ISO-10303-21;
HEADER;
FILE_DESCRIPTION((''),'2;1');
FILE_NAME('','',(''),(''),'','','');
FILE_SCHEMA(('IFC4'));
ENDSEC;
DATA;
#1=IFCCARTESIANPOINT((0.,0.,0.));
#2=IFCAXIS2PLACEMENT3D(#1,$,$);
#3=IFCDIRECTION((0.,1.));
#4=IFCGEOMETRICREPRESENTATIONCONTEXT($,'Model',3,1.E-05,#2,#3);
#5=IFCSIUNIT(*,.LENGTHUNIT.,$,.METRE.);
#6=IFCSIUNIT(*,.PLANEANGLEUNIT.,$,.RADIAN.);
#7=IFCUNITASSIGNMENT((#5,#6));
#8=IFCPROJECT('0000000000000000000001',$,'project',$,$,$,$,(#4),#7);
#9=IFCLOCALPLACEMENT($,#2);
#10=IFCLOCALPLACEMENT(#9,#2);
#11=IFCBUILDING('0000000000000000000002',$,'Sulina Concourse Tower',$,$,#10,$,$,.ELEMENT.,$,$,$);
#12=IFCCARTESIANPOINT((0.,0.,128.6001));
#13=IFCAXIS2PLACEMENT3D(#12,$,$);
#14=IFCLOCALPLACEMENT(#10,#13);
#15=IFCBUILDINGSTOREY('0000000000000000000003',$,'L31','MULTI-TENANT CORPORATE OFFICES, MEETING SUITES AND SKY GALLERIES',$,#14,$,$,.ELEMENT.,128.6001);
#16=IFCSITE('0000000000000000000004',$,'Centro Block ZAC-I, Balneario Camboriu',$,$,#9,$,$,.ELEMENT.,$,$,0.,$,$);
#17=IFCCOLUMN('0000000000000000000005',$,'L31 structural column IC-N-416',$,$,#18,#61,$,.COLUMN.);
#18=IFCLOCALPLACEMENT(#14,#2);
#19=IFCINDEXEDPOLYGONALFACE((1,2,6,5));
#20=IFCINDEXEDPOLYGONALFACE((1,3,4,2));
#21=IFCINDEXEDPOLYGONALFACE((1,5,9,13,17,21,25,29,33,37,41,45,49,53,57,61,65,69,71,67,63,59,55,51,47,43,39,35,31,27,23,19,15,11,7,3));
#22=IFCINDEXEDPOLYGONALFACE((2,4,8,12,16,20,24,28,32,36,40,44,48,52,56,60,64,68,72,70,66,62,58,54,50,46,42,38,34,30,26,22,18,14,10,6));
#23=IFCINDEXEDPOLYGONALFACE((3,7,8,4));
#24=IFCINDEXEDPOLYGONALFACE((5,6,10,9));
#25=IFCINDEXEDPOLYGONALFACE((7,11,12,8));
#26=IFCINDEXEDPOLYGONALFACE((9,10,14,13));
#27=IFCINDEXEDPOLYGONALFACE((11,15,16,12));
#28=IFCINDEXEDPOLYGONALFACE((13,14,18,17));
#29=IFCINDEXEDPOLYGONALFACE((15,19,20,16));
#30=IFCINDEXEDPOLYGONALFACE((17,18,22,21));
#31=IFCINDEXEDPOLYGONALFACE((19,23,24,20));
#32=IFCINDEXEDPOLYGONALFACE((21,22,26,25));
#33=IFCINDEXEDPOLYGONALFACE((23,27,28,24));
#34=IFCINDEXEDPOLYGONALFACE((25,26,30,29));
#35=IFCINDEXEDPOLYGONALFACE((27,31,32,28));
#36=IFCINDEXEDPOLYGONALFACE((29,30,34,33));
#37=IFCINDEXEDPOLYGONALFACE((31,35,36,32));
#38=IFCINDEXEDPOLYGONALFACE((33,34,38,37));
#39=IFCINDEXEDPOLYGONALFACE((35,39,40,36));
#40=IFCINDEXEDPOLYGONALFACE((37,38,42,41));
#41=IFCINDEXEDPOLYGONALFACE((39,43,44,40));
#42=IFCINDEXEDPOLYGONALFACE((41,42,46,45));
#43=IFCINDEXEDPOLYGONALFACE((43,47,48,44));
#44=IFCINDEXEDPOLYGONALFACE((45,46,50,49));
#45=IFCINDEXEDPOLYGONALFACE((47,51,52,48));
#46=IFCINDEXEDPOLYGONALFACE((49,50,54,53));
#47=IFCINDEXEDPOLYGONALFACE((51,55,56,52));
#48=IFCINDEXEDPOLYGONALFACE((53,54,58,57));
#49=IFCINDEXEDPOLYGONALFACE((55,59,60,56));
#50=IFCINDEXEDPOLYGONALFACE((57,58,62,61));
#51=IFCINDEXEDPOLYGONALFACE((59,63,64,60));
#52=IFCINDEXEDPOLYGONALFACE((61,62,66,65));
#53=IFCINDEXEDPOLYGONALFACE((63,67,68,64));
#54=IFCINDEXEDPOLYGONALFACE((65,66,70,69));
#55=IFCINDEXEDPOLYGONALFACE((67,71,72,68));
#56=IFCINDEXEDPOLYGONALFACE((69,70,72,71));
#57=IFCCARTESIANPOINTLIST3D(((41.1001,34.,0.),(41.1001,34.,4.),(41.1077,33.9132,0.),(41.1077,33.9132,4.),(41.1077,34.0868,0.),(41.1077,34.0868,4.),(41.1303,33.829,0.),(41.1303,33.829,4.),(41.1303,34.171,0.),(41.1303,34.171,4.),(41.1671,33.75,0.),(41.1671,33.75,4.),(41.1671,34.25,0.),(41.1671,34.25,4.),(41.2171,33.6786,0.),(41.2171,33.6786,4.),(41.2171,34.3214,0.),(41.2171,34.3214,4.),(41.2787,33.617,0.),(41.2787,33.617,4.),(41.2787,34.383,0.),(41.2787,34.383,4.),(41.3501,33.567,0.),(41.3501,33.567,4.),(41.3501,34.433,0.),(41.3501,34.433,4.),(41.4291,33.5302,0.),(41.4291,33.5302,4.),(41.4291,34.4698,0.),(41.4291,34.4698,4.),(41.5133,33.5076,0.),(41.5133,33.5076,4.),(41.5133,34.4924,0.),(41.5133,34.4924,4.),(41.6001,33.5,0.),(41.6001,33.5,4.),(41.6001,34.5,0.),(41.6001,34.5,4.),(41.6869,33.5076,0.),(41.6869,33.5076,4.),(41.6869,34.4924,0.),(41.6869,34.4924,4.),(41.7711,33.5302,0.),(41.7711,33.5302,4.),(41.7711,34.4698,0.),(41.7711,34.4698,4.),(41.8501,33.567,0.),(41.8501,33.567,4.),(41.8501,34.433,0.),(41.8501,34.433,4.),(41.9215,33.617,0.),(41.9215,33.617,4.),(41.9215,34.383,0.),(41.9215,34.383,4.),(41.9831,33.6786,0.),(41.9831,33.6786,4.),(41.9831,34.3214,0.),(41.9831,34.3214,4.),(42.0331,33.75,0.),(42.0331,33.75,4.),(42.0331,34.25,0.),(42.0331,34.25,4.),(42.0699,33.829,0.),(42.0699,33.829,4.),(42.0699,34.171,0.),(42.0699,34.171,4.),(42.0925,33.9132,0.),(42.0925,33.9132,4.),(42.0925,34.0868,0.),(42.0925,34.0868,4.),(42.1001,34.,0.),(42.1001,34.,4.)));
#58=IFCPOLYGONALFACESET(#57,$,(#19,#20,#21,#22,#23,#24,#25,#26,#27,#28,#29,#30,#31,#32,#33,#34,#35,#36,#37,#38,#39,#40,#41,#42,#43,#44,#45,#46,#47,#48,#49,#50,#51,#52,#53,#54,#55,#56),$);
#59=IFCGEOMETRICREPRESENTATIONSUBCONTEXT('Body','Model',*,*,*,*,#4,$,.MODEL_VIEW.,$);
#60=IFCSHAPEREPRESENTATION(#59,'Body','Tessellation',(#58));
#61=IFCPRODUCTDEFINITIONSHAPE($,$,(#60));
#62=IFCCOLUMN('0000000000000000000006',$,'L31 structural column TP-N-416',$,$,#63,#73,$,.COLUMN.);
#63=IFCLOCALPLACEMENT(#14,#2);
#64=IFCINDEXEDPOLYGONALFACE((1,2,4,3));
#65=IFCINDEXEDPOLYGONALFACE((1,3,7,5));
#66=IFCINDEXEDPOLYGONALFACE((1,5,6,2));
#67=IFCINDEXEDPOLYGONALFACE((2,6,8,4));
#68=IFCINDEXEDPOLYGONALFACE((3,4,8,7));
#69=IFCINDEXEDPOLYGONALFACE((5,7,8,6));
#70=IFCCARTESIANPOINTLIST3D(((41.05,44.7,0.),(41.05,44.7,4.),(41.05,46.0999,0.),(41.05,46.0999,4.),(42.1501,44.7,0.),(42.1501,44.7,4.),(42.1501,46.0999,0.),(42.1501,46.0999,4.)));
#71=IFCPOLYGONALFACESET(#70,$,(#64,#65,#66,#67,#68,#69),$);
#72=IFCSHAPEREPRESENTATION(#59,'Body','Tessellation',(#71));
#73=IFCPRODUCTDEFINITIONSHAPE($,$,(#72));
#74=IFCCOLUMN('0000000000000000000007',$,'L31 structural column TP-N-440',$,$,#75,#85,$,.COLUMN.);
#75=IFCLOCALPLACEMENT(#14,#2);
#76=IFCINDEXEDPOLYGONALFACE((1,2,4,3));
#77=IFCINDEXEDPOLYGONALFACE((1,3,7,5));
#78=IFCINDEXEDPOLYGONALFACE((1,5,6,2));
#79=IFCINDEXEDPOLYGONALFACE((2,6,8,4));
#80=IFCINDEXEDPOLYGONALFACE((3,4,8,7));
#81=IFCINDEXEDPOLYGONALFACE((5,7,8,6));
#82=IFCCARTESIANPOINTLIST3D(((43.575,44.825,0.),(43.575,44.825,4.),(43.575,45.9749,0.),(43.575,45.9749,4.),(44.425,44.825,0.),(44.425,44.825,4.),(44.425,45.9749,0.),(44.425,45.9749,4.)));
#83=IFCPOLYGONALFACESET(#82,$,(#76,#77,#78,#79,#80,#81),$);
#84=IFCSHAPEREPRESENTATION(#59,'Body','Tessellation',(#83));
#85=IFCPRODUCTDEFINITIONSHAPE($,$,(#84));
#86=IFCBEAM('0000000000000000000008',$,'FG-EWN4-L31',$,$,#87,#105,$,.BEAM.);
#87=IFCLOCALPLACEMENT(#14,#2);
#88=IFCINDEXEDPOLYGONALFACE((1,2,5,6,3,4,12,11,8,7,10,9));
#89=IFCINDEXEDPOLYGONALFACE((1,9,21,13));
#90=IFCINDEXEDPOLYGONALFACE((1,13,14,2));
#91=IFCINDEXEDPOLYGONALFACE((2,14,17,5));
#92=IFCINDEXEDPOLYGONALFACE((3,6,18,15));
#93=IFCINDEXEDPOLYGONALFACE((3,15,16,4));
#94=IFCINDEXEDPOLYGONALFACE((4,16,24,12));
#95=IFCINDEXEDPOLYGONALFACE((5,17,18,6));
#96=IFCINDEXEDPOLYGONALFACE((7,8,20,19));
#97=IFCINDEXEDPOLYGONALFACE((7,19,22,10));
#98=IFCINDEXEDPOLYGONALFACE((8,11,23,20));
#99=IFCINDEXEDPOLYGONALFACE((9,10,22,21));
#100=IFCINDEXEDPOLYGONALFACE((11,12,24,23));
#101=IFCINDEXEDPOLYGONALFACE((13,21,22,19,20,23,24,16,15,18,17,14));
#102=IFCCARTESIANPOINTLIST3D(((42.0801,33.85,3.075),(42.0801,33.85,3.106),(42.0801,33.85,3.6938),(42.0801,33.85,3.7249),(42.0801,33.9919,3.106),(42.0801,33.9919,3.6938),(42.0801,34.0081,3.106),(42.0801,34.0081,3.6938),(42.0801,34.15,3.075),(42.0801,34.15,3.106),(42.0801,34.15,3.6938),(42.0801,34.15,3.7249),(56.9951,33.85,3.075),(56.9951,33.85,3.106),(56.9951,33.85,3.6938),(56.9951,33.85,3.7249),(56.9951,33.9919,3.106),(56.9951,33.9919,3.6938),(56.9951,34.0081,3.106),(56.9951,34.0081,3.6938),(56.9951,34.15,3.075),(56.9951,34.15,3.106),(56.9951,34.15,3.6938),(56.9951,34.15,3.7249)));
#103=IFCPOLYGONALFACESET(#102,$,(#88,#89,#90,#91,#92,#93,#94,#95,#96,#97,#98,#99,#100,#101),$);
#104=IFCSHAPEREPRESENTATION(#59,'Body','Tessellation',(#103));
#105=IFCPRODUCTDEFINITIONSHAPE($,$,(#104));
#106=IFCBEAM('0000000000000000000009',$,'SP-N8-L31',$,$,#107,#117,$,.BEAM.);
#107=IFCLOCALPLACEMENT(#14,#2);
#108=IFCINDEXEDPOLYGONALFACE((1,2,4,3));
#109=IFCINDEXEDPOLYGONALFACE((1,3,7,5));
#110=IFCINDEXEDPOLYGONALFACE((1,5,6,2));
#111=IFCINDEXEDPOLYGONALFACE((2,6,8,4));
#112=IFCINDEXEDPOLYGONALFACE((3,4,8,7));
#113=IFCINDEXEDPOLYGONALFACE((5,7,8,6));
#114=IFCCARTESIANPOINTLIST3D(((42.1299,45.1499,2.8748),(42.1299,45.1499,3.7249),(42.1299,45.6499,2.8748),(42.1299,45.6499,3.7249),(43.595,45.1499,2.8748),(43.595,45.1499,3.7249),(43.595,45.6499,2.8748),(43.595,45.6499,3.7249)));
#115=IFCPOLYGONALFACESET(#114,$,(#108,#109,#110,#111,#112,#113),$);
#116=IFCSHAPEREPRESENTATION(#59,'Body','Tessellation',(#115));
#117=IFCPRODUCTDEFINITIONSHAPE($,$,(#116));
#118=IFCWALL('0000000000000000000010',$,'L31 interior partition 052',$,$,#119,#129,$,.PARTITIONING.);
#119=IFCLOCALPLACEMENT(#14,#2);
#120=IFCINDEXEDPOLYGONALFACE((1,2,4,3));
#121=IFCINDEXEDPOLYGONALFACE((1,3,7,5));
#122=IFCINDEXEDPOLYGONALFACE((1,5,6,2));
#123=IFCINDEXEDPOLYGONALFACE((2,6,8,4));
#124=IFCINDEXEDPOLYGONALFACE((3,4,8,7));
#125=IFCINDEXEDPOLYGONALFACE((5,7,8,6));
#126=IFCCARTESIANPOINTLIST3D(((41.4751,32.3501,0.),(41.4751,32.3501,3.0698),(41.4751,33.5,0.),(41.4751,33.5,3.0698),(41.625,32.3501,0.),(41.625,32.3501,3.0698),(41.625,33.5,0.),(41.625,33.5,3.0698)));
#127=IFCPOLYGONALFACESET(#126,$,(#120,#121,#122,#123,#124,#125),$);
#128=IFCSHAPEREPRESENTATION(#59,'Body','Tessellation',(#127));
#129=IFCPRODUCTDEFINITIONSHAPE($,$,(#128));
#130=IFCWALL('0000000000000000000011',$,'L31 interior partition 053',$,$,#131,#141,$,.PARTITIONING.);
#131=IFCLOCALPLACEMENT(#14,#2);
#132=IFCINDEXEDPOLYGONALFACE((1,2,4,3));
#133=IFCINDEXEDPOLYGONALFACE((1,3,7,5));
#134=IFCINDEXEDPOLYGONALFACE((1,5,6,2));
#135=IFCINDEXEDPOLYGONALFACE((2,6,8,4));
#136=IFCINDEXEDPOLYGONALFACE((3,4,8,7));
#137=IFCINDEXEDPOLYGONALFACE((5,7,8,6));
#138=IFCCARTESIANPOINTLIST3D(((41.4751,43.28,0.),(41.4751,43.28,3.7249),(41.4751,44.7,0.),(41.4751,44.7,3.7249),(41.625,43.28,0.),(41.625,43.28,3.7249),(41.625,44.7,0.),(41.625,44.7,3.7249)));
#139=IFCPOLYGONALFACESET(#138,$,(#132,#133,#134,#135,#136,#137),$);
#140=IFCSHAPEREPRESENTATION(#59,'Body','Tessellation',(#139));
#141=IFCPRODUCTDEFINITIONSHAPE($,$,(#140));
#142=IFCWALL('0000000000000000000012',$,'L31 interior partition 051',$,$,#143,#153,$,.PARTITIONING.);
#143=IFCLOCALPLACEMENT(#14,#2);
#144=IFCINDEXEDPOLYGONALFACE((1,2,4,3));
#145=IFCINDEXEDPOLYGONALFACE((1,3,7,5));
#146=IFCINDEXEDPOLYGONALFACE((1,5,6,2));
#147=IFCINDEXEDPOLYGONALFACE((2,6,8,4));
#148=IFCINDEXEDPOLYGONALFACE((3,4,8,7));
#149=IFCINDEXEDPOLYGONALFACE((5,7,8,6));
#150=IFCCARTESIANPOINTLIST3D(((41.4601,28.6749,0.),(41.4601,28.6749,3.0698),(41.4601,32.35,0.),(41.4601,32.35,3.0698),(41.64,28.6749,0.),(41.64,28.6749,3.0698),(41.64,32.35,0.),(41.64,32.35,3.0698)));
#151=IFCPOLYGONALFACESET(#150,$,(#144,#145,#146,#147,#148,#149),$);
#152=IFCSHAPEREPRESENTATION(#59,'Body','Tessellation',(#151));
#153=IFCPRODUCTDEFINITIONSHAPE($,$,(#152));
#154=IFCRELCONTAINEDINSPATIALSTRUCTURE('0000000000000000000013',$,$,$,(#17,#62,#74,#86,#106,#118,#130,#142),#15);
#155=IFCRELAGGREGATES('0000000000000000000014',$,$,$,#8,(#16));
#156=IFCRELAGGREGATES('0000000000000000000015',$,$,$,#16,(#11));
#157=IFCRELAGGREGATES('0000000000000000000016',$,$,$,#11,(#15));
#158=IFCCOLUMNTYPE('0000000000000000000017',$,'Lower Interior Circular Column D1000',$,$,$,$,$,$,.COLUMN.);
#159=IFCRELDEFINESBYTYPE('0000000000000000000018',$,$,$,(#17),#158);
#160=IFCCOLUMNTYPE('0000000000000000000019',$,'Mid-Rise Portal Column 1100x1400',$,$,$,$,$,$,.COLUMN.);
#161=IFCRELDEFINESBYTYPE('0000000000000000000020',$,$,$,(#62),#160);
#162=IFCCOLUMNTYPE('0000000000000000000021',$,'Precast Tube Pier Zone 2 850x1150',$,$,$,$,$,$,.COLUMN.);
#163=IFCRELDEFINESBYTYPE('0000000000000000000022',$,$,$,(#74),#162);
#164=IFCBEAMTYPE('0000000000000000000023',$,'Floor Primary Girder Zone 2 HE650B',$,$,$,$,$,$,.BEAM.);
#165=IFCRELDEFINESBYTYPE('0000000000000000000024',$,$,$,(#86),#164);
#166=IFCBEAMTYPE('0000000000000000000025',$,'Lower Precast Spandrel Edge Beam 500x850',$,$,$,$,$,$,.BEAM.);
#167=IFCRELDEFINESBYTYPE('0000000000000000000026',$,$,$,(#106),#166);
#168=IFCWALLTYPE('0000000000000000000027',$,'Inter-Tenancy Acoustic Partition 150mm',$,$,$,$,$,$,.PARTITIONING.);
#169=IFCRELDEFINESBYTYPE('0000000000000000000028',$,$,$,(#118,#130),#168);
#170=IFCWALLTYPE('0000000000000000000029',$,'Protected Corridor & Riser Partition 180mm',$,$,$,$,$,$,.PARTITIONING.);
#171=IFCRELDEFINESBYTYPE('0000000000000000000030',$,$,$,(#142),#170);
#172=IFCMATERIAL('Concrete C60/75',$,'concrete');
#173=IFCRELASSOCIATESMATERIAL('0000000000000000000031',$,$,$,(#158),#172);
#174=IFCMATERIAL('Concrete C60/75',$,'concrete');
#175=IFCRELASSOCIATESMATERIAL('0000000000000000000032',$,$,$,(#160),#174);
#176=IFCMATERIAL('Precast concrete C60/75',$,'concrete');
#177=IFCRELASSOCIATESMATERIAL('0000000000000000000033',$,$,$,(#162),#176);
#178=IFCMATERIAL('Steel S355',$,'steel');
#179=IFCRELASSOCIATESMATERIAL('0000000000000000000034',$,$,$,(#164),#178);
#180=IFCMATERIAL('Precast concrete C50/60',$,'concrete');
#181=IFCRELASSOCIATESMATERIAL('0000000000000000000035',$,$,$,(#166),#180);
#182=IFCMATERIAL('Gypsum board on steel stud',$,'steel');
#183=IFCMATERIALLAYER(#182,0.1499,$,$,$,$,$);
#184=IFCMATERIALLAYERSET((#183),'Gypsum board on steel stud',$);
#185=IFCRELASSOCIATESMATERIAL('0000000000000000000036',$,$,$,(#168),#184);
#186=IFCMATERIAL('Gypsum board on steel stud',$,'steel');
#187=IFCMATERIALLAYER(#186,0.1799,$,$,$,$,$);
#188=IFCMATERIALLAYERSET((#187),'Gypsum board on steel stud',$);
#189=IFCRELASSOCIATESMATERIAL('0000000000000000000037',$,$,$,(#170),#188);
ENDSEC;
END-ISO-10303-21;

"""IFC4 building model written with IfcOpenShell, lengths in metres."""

from ifc_helpers import new_model, si_unit, direction, frame, frame_2d, origin, origin_2d, place, context, subcontext, project, spatial, rectangle, circle, i_section, extrude, material, layer, layer_set, material_profile, profile_set, type_object, element, save


model = new_model("IFC4")

# Units and contexts
model_context = context("Model", 3, precision=1e-05, world=origin(), true_north=direction((0.0, 1.0)))
body_context = subcontext(model_context, "Body", "Model", "MODEL_VIEW")
ifc_project = project(units=[si_unit("LENGTHUNIT", "METRE"), si_unit("PLANEANGLEUNIT", "RADIAN")], contexts=[model_context])

# Site, building, storey
site_placement = place(None, origin())
site = spatial("IfcSite", under=ifc_project, at=site_placement, Name="Centro Block ZAC-I, Balneario Camboriu", CompositionType="ELEMENT", RefElevation=0.0)
building_placement = place(site_placement, origin())
building = spatial("IfcBuilding", under=site, at=building_placement, Name="Sulina Concourse Tower", CompositionType="ELEMENT")
storey_placement = place(building_placement, frame((0.0, 0.0, 128.6001)))
storey = spatial("IfcBuildingStorey", under=building, at=storey_placement, Name="L31", Description="MULTI-TENANT CORPORATE OFFICES, MEETING SUITES AND SKY GALLERIES", CompositionType="ELEMENT", Elevation=128.6001)

# Columns
ifc_material_1 = material(Name="Concrete C60/75", Category="concrete")
ifc_material_profile_1 = material_profile(ifc_material_1, circle(Radius=0.5, at=origin_2d()), Name="RC D1000")
ifc_profile_set_1 = profile_set([ifc_material_profile_1], Name="Concrete C60/75")
column_type_1 = type_object("IfcColumnType", Name="Lower Interior Circular Column D1000", PredefinedType="COLUMN", material=ifc_profile_set_1)
column_1_placement = place(storey_placement, frame((41.6001, 34.0, 0.0), z_axis=(0.0, 0.0, 1.0), x_axis=(1.0, 0.0, 0.0)))
element("IfcColumn", 1, at=column_1_placement, inside=storey, type_object=column_type_1, Name="L31 structural column IC-N-416", PredefinedType="COLUMN", context=body_context, shape_type="SweptSolid", body=[
    extrude(circle(Radius=0.5, at=origin_2d()), origin(), (0.0, 0.0, 1.0), 4.0),
])
ifc_material_2 = material(Name="Concrete C60/75", Category="concrete")
ifc_material_profile_2 = material_profile(ifc_material_2, rectangle(XDim=1.1001, YDim=1.3999, at=origin_2d()), Name="RC 1100x1400")
ifc_profile_set_2 = profile_set([ifc_material_profile_2], Name="Concrete C60/75")
column_type_2 = type_object("IfcColumnType", Name="Mid-Rise Portal Column 1100x1400", PredefinedType="COLUMN", material=ifc_profile_set_2)
column_2_placement = place(storey_placement, frame((41.6001, 45.3999, 0.0), z_axis=(0.0, 0.0, 1.0), x_axis=(1.0, 0.0, 0.0)))
element("IfcColumn", 2, at=column_2_placement, inside=storey, type_object=column_type_2, Name="L31 structural column TP-N-416", PredefinedType="COLUMN", context=body_context, shape_type="SweptSolid", body=[
    extrude(rectangle(XDim=1.1001, YDim=1.3999, at=origin_2d()), origin(), (0.0, 0.0, 1.0), 4.0),
])
ifc_material_3 = material(Name="Precast concrete C60/75", Category="concrete")
ifc_material_profile_3 = material_profile(ifc_material_3, rectangle(XDim=0.8501, YDim=1.1499, at=origin_2d()), Name="PC 850x1150")
ifc_profile_set_3 = profile_set([ifc_material_profile_3], Name="Precast concrete C60/75")
column_type_3 = type_object("IfcColumnType", Name="Precast Tube Pier Zone 2 850x1150", PredefinedType="COLUMN", material=ifc_profile_set_3)
column_3_placement = place(storey_placement, frame((44.0, 45.3999, 0.0), z_axis=(0.0, 0.0, 1.0), x_axis=(1.0, 0.0, 0.0)))
element("IfcColumn", 3, at=column_3_placement, inside=storey, type_object=column_type_3, Name="L31 structural column TP-N-440", PredefinedType="COLUMN", context=body_context, shape_type="SweptSolid", body=[
    extrude(rectangle(XDim=0.8501, YDim=1.1499, at=origin_2d()), origin(), (0.0, 0.0, 1.0), 4.0),
])

# Beams
ifc_material_4 = material(Name="Steel S355", Category="steel")
ifc_material_profile_4 = material_profile(ifc_material_4, i_section(OverallWidth=0.3, OverallDepth=0.6499, WebThickness=0.0161, FlangeThickness=0.031, at=origin_2d()), Name="HE 650 B")
ifc_profile_set_4 = profile_set([ifc_material_profile_4], Name="Steel S355")
beam_type_1 = type_object("IfcBeamType", Name="Floor Primary Girder Zone 2 HE650B", PredefinedType="BEAM", material=ifc_profile_set_4)
beam_1_placement = place(storey_placement, frame((42.0801, 34.0, 3.3999), z_axis=(1.0, 0.0, 0.0), x_axis=(0.0, 1.0, 0.0)))
element("IfcBeam", 4, at=beam_1_placement, inside=storey, type_object=beam_type_1, Name="FG-EWN4-L31", PredefinedType="BEAM", context=body_context, shape_type="SweptSolid", body=[
    extrude(i_section(OverallWidth=0.3, OverallDepth=0.6499, WebThickness=0.0161, FlangeThickness=0.031, at=origin_2d()), origin(), (0.0, 0.0, 1.0), 14.915),
])
ifc_material_5 = material(Name="Precast concrete C50/60", Category="concrete")
ifc_material_profile_5 = material_profile(ifc_material_5, rectangle(XDim=0.5, YDim=0.8501, at=origin_2d()), Name="RC 500x850")
ifc_profile_set_5 = profile_set([ifc_material_profile_5], Name="Precast concrete C50/60")
beam_type_2 = type_object("IfcBeamType", Name="Lower Precast Spandrel Edge Beam 500x850", PredefinedType="BEAM", material=ifc_profile_set_5)
beam_2_placement = place(storey_placement, frame((42.1299, 45.3999, 3.2998), z_axis=(1.0, 0.0, 0.0), x_axis=(0.0, 1.0, 0.0)))
element("IfcBeam", 5, at=beam_2_placement, inside=storey, type_object=beam_type_2, Name="SP-N8-L31", PredefinedType="BEAM", context=body_context, shape_type="SweptSolid", body=[
    extrude(rectangle(XDim=0.5, YDim=0.8501, at=origin_2d()), origin(), (0.0, 0.0, 1.0), 1.4651),
])

# Walls
ifc_material_6 = material(Name="Gypsum board on steel stud", Category="steel")
ifc_layer_1 = layer(ifc_material_6, 0.1499)
ifc_layer_set_1 = layer_set([ifc_layer_1], Name="Gypsum board on steel stud")
wall_type_1 = type_object("IfcWallType", Name="Inter-Tenancy Acoustic Partition 150mm", PredefinedType="PARTITIONING", material=ifc_layer_set_1)
wall_1_placement = place(storey_placement, frame((41.55, 32.3501, 0.0), z_axis=(0.0, 0.0, 1.0), x_axis=(0.0, 1.0, 0.0)))
element("IfcWall", 6, at=wall_1_placement, inside=storey, type_object=wall_type_1, Name="L31 interior partition 052", PredefinedType="PARTITIONING", context=body_context, shape_type="SweptSolid", body=[
    extrude(rectangle(XDim=1.1499, YDim=0.1499, at=frame_2d((0.575, 0.0))), origin(), (0.0, 0.0, 1.0), 3.0698),
])
wall_2_placement = place(storey_placement, frame((41.55, 43.28, 0.0), z_axis=(0.0, 0.0, 1.0), x_axis=(0.0, 1.0, 0.0)))
element("IfcWall", 7, at=wall_2_placement, inside=storey, type_object=wall_type_1, Name="L31 interior partition 053", PredefinedType="PARTITIONING", context=body_context, shape_type="SweptSolid", body=[
    extrude(rectangle(XDim=1.4199, YDim=0.1499, at=frame_2d((0.71, 0.0))), origin(), (0.0, 0.0, 1.0), 3.7249),
])
ifc_material_7 = material(Name="Gypsum board on steel stud", Category="steel")
ifc_layer_2 = layer(ifc_material_7, 0.1799)
ifc_layer_set_2 = layer_set([ifc_layer_2], Name="Gypsum board on steel stud")
wall_type_2 = type_object("IfcWallType", Name="Protected Corridor & Riser Partition 180mm", PredefinedType="PARTITIONING", material=ifc_layer_set_2)
wall_3_placement = place(storey_placement, frame((41.55, 28.675, 0.0), z_axis=(0.0, 0.0, 1.0), x_axis=(0.0, 1.0, 0.0)))
element("IfcWall", 8, at=wall_3_placement, inside=storey, type_object=wall_type_2, Name="L31 interior partition 051", PredefinedType="PARTITIONING", context=body_context, shape_type="SweptSolid", body=[
    extrude(rectangle(XDim=3.675, YDim=0.1799, at=frame_2d((1.8374, 0.0))), origin(), (0.0, 0.0, 1.0), 3.0698),
])

save(model, "model.ifc")
